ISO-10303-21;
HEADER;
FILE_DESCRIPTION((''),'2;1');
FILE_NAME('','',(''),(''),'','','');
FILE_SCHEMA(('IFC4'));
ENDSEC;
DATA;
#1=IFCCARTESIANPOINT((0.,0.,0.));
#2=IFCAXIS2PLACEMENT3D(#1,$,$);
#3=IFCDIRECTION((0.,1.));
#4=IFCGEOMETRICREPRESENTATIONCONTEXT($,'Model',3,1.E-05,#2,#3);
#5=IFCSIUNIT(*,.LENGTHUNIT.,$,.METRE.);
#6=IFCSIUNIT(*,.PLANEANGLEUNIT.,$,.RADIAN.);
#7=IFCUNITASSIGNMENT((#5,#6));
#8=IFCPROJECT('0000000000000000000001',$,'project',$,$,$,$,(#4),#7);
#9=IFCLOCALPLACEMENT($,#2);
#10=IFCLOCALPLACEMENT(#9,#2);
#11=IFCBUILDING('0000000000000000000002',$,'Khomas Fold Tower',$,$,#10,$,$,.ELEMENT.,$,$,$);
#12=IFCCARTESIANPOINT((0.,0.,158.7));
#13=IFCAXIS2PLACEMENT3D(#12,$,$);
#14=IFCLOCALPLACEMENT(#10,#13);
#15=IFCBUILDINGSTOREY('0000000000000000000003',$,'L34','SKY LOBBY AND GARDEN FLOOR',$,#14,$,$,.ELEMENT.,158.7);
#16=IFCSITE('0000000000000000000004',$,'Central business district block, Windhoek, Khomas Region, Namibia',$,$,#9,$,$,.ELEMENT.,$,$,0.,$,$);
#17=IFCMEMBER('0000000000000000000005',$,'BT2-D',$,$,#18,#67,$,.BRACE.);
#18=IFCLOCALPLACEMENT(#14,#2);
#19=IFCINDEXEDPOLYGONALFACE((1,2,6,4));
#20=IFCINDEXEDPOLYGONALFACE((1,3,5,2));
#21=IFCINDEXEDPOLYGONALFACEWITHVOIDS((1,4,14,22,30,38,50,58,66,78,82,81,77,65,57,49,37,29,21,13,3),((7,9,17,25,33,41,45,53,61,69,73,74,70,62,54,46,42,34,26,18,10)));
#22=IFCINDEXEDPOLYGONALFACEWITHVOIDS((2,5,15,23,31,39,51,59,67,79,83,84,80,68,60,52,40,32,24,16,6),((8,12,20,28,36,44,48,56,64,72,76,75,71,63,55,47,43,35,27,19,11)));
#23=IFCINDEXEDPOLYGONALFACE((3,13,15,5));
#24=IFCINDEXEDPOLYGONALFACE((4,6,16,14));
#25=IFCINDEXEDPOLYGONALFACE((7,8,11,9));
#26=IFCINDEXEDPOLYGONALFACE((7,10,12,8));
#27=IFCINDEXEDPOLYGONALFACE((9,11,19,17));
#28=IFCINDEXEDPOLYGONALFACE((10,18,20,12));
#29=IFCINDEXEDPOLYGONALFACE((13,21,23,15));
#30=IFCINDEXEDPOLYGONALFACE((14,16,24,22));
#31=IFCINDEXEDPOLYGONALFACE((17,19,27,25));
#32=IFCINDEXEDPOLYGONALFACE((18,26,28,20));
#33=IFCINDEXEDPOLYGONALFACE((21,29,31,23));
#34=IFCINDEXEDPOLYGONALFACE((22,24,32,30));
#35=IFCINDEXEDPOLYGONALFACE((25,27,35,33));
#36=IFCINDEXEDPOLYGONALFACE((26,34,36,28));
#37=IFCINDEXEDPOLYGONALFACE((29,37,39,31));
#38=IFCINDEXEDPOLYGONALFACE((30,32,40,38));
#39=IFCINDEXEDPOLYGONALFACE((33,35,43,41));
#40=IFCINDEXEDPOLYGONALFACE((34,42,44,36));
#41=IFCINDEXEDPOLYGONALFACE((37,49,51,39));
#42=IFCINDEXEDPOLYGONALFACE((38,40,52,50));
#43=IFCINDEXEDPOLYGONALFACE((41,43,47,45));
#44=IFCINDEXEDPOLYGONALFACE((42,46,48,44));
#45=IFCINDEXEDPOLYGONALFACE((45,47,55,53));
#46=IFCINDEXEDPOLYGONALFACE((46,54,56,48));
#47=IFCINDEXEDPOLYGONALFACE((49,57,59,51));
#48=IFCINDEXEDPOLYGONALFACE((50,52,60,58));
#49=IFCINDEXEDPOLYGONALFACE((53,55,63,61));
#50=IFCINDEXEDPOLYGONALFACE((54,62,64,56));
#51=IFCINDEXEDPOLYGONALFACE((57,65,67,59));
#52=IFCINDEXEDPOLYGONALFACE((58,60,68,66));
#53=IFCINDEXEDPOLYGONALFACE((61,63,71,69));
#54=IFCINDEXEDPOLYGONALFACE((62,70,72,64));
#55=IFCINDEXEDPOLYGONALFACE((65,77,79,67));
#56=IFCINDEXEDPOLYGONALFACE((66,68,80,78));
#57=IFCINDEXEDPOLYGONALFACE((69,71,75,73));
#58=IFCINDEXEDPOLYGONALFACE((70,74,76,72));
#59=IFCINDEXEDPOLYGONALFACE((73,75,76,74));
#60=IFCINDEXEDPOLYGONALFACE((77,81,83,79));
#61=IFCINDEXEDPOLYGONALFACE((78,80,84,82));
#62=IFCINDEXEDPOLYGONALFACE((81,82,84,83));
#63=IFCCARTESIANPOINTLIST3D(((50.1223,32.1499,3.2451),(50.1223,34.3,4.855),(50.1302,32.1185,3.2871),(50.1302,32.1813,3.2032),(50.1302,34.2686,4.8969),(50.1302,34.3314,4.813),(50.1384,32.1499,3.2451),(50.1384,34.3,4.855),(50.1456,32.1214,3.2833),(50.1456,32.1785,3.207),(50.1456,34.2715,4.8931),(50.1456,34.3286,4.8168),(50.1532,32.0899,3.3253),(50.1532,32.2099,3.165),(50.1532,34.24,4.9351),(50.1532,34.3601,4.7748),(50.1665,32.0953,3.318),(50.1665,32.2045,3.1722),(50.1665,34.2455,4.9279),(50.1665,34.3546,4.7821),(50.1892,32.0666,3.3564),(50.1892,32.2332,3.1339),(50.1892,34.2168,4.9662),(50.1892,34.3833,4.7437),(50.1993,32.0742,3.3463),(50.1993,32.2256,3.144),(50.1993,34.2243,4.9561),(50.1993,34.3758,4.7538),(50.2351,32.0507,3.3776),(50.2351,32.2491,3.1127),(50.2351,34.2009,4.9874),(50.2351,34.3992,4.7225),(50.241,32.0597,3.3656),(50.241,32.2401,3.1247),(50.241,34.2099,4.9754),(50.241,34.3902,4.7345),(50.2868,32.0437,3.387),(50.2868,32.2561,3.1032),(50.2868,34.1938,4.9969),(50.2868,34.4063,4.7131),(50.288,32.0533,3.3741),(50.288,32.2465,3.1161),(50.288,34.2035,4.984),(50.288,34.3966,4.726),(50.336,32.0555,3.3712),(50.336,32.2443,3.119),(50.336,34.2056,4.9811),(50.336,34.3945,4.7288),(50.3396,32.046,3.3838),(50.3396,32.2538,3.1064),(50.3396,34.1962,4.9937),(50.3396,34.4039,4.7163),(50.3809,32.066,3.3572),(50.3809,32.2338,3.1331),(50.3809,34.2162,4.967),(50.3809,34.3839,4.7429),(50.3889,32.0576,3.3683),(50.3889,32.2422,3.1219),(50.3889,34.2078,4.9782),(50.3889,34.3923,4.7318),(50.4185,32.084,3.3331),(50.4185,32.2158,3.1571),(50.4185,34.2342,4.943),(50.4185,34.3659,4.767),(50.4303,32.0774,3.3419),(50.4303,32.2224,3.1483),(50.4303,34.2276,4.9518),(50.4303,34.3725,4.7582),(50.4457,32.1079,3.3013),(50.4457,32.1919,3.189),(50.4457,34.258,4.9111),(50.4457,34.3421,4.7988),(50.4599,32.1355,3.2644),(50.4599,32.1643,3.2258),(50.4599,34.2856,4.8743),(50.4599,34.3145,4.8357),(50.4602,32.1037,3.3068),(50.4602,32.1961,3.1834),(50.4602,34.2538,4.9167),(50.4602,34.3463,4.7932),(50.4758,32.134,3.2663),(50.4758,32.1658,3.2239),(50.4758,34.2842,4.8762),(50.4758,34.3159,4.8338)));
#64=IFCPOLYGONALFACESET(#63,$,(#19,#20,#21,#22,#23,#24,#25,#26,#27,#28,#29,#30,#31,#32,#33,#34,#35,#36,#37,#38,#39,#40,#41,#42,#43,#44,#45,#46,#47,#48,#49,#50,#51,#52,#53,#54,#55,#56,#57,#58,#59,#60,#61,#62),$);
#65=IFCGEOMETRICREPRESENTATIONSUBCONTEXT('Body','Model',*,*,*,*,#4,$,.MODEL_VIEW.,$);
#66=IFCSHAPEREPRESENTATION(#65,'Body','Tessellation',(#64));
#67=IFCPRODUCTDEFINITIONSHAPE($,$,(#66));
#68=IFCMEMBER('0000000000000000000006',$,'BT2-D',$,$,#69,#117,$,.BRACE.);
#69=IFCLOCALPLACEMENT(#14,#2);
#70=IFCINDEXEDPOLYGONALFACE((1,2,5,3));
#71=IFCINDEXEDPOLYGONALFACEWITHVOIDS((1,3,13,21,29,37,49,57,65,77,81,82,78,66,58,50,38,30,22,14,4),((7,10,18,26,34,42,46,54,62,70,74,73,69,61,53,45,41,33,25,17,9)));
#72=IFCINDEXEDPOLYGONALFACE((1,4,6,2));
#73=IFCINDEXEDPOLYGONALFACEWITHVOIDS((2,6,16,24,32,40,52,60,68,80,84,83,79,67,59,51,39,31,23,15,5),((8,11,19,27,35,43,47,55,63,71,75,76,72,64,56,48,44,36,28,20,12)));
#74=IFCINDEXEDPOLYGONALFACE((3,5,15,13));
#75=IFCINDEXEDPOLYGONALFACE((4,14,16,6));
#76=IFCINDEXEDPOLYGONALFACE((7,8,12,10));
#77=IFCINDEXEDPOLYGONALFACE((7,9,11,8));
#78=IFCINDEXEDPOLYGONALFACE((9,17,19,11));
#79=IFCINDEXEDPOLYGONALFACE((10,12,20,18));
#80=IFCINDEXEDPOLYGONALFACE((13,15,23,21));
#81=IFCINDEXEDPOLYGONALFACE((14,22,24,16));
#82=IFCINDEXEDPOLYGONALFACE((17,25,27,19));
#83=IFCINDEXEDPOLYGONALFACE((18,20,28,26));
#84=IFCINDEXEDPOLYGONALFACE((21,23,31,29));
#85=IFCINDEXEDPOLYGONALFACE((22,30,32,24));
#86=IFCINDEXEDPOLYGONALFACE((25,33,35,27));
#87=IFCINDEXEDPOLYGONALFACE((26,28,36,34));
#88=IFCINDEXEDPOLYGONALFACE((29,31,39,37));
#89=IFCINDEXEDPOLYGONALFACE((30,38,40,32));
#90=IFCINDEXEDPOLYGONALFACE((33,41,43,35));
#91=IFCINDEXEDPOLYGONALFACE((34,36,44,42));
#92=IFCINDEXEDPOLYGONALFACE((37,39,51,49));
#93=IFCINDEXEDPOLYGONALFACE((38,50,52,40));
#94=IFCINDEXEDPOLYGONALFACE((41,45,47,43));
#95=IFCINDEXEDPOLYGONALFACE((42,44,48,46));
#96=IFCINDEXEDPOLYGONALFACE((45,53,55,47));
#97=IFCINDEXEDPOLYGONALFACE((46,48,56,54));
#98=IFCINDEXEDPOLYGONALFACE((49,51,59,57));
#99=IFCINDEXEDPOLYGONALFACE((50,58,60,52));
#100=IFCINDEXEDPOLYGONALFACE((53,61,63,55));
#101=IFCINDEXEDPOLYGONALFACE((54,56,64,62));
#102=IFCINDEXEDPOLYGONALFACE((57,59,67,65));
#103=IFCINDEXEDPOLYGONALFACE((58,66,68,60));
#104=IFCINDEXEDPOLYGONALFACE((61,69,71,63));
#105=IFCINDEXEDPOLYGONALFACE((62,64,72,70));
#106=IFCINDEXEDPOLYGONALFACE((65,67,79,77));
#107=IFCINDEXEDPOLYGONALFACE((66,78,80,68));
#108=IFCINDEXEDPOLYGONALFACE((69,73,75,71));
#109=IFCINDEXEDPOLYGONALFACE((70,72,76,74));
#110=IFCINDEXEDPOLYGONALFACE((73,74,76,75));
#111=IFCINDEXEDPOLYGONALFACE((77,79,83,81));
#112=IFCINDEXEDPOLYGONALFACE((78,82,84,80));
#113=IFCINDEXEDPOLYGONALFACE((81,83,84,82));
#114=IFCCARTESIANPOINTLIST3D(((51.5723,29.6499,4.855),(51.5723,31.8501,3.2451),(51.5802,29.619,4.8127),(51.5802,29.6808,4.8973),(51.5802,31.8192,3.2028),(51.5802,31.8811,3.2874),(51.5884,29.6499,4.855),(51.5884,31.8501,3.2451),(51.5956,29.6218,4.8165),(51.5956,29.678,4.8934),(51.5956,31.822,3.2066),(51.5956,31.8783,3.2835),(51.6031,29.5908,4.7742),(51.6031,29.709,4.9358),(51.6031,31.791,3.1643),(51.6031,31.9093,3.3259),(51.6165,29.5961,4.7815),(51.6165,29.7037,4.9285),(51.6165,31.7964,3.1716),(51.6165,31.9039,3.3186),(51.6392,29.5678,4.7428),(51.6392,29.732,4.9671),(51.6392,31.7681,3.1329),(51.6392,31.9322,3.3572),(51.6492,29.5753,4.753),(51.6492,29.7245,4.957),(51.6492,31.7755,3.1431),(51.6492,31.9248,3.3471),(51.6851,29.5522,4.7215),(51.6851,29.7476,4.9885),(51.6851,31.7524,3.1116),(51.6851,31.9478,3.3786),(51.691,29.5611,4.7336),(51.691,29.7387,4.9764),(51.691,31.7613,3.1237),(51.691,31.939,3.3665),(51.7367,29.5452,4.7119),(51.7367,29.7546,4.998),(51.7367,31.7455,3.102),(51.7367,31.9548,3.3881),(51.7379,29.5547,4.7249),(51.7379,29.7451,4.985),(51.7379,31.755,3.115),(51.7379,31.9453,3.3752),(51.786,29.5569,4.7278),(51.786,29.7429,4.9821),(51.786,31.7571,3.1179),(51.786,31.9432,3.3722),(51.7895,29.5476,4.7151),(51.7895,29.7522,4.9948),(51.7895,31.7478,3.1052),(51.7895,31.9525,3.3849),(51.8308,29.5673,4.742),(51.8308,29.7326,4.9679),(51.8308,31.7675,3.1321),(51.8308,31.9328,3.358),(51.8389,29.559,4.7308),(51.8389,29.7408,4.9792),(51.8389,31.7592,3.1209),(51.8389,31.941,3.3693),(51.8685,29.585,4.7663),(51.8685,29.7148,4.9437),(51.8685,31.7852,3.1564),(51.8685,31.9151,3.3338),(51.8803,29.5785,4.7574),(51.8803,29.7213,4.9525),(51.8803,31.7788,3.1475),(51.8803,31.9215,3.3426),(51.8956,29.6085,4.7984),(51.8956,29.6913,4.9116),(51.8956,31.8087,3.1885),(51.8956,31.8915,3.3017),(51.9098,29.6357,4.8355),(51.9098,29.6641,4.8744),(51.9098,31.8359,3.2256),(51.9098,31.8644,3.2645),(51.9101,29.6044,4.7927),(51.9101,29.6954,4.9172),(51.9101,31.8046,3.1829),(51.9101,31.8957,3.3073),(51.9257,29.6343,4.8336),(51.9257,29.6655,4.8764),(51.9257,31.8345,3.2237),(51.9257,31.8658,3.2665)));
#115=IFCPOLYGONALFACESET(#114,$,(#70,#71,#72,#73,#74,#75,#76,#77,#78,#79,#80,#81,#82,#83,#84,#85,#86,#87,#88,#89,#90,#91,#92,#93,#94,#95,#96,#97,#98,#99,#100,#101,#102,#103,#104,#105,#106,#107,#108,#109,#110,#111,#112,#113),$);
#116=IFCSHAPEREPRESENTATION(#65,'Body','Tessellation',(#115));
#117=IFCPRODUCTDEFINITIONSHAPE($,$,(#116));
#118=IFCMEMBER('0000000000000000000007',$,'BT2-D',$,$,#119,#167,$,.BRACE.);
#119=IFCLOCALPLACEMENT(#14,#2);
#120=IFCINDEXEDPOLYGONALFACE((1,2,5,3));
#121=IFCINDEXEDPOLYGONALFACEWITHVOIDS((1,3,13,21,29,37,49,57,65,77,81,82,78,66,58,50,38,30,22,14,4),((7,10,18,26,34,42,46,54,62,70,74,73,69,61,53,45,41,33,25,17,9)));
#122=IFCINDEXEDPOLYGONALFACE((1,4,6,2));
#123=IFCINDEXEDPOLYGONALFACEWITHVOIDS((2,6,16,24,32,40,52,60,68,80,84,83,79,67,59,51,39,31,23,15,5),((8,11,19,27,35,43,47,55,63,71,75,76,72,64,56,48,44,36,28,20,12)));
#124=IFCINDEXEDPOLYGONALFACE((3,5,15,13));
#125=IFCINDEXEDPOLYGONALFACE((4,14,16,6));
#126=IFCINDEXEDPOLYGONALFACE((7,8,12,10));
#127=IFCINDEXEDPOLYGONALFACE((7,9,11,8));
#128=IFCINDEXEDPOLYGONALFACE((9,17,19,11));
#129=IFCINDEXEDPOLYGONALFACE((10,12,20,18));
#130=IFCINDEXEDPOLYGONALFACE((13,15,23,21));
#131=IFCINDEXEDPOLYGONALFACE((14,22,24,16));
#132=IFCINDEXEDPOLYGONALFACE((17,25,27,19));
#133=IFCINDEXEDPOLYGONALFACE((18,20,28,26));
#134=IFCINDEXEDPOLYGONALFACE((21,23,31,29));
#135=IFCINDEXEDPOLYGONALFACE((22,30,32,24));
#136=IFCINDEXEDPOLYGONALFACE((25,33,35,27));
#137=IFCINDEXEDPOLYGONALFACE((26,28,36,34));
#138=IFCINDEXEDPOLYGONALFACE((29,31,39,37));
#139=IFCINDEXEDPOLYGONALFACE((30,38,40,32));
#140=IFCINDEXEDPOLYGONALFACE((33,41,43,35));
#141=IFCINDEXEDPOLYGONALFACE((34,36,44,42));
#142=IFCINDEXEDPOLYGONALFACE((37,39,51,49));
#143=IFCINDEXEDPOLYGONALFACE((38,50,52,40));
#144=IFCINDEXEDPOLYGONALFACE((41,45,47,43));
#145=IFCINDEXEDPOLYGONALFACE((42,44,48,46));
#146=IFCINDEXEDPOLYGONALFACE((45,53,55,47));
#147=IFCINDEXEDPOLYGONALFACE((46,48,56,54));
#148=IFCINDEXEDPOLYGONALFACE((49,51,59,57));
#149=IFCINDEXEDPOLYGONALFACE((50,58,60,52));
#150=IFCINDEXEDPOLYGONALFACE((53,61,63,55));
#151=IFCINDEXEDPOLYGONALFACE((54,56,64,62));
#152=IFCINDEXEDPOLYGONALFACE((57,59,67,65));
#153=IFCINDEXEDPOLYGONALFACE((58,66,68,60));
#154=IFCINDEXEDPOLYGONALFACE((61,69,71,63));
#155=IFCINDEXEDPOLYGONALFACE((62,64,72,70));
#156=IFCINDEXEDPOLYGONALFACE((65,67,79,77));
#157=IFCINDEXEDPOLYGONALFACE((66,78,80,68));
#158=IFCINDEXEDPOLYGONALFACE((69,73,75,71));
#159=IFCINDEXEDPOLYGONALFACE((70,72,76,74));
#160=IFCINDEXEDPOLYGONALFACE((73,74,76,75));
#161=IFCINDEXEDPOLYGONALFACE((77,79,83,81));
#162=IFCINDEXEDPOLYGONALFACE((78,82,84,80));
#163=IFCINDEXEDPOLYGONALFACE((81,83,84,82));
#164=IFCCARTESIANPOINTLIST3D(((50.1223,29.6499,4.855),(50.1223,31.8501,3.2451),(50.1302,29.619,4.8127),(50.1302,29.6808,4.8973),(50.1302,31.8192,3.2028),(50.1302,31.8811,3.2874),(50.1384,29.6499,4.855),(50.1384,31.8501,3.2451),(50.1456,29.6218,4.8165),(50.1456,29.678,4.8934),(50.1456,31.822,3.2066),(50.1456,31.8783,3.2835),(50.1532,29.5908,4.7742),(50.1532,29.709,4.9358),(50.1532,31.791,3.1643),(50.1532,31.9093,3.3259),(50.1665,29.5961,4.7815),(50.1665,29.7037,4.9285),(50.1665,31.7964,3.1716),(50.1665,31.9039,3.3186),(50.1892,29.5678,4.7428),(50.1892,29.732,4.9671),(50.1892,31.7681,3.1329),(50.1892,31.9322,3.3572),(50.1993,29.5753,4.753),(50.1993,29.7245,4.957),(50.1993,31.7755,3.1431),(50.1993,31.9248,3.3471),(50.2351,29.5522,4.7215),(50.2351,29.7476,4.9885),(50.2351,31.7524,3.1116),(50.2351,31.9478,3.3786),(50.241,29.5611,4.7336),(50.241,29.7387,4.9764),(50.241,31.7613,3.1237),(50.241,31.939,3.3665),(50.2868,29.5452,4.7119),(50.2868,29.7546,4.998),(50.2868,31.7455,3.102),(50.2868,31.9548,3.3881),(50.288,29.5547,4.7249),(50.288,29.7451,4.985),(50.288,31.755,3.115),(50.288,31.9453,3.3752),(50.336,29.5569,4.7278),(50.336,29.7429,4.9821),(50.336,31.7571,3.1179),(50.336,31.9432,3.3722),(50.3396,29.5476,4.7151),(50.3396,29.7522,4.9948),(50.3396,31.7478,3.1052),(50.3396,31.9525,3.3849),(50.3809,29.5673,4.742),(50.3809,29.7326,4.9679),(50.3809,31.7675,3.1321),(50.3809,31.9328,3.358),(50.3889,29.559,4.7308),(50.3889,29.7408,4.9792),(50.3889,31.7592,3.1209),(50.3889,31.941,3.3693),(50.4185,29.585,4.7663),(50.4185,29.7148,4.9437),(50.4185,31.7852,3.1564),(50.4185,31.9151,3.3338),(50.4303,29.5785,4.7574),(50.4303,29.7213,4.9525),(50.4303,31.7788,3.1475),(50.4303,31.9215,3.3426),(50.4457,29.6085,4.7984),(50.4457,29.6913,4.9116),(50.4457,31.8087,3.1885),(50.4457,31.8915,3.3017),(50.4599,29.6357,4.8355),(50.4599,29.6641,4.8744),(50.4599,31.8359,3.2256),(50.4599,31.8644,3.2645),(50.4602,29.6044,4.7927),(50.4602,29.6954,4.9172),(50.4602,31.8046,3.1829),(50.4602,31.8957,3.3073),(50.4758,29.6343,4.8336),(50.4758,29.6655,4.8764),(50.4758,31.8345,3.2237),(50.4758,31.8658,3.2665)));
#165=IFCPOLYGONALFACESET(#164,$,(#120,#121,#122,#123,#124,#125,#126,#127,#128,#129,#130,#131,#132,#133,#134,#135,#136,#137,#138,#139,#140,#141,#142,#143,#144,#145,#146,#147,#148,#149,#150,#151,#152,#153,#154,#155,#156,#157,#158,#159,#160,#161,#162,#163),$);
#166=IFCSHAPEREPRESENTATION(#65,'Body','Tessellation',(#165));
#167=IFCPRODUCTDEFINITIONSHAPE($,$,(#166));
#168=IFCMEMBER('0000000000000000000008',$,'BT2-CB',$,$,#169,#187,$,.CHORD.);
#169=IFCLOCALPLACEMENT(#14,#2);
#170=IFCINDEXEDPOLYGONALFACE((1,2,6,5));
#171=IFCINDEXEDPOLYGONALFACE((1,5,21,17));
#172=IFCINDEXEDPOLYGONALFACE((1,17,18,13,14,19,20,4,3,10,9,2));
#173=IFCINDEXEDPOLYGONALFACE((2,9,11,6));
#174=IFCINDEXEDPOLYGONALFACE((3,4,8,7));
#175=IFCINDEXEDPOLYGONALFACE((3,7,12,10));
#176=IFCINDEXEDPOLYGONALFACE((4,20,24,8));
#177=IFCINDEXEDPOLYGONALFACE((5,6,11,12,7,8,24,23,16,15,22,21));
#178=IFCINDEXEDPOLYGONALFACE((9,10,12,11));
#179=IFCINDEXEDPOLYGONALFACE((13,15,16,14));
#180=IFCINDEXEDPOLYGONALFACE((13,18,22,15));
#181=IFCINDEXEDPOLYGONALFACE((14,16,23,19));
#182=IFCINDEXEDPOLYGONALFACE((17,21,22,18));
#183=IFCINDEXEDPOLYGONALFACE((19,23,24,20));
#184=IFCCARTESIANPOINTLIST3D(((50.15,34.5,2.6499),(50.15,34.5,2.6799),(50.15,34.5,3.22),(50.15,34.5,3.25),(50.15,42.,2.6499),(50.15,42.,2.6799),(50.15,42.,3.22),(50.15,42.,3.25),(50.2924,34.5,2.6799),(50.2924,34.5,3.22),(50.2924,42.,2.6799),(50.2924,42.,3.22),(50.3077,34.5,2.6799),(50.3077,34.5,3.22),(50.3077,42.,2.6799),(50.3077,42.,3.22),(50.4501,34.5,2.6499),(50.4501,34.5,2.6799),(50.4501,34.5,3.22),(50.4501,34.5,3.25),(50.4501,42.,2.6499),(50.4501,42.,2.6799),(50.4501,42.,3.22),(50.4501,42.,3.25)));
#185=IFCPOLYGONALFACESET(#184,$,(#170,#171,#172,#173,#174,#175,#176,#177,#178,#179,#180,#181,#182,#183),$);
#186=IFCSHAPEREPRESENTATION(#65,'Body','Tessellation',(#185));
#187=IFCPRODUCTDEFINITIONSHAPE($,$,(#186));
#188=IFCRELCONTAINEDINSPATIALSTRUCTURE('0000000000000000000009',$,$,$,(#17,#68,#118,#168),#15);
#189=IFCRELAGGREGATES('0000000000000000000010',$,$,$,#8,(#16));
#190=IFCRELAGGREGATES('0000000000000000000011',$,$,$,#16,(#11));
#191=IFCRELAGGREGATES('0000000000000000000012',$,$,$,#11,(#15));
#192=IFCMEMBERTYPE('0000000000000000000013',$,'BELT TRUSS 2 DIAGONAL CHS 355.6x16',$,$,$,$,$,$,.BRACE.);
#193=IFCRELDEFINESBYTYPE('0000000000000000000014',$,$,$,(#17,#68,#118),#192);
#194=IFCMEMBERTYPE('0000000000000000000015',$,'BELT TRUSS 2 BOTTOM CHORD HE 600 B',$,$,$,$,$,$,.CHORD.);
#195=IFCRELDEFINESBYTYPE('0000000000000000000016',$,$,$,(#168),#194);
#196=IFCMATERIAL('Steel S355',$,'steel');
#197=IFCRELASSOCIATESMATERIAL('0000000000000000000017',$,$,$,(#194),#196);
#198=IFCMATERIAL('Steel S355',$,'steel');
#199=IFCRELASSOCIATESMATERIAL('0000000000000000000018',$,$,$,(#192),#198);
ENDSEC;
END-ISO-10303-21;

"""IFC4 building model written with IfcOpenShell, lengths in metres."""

from ifc_helpers import new_model, si_unit, direction, frame, origin, origin_2d, place, context, subcontext, project, spatial, hollow_circle, i_section, extrude, source, transform, mapped, material, material_profile, profile_set, type_object, element, save


model = new_model("IFC4")

# Units and contexts
model_context = context("Model", 3, precision=1e-05, world=origin(), true_north=direction((0.0, 1.0)))
body_context = subcontext(model_context, "Body", "Model", "MODEL_VIEW")
ifc_project = project(units=[si_unit("LENGTHUNIT", "METRE"), si_unit("PLANEANGLEUNIT", "RADIAN")], contexts=[model_context])

# Site, building, storey
site_placement = place(None, origin())
site = spatial("IfcSite", under=ifc_project, at=site_placement, Name="Central business district block, Windhoek, Khomas Region, Namibia", CompositionType="ELEMENT", RefElevation=0.0)
building_placement = place(site_placement, origin())
building = spatial("IfcBuilding", under=site, at=building_placement, Name="Khomas Fold Tower", CompositionType="ELEMENT")
storey_placement = place(building_placement, frame((0.0, 0.0, 158.7)))
storey = spatial("IfcBuildingStorey", under=building, at=storey_placement, Name="L34", Description="SKY LOBBY AND GARDEN FLOOR", CompositionType="ELEMENT", Elevation=158.7)

# Members
ifc_material_1 = material(Name="Steel S355", Category="steel")
ifc_material_profile_1 = material_profile(ifc_material_1, i_section(OverallWidth=0.3, OverallDepth=0.6001, WebThickness=0.0154, FlangeThickness=0.03, at=origin_2d()), Name="HE 600 B")
ifc_profile_set_1 = profile_set([ifc_material_profile_1], Name="Steel S355")
member_type_1 = type_object("IfcMemberType", Name="BELT TRUSS 2 BOTTOM CHORD HE 600 B", PredefinedType="CHORD", material=ifc_profile_set_1)
ifc_material_2 = material(Name="Steel S355", Category="steel")
ifc_material_profile_2 = material_profile(ifc_material_2, hollow_circle(Radius=0.1777, WallThickness=0.0161, at=origin_2d()), Name="CHS 355.6x16")
ifc_profile_set_2 = profile_set([ifc_material_profile_2], Name="Steel S355")
member_type_2 = type_object("IfcMemberType", Name="BELT TRUSS 2 DIAGONAL CHS 355.6x16", PredefinedType="BRACE", material=ifc_profile_set_2)
shared_shape_1 = source(origin(), body_context, "Body", "SweptSolid", [
    extrude(hollow_circle(Radius=0.1777, WallThickness=0.0161, at=origin_2d()), origin(), (0.0, 0.0, 1.0), 2.686),
])
for number, where, z_axis, x_axis, name in (
    (1, (50.3, 32.1499, 3.2451), (0.0, 0.800491, 0.599345), (-1.0, 0.0, 0.0), "BT2-D"),
):
    element("IfcMember", number, at=place(storey_placement, frame(where, z_axis=z_axis, x_axis=x_axis)), inside=storey, type_object=member_type_2, Name=name, PredefinedType="BRACE", context=body_context, shape_type="MappedRepresentation", body=[
        mapped(shared_shape_1, transform((0.0, 0.0, 0.0))),
    ])
shared_shape_2 = source(origin(), body_context, "Body", "SweptSolid", [
    extrude(hollow_circle(Radius=0.1777, WallThickness=0.0161, at=origin_2d()), origin(), (0.0, 0.0, 1.0), 2.7263),
])
for number, where, z_axis, x_axis, name in (
    (2, (51.75, 29.6499, 4.855), (0.0, 0.807037, -0.590501), (-1.0, 0.0, 0.0), "BT2-D"),
    (3, (50.3, 29.6499, 4.855), (0.0, 0.807037, -0.590501), (-1.0, 0.0, 0.0), "BT2-D"),
):
    element("IfcMember", number, at=place(storey_placement, frame(where, z_axis=z_axis, x_axis=x_axis)), inside=storey, type_object=member_type_2, Name=name, PredefinedType="BRACE", context=body_context, shape_type="MappedRepresentation", body=[
        mapped(shared_shape_2, transform((0.0, 0.0, 0.0))),
    ])
shared_shape_3 = source(origin(), body_context, "Body", "SweptSolid", [
    extrude(i_section(OverallWidth=0.3, OverallDepth=0.6001, WebThickness=0.0154, FlangeThickness=0.03, at=origin_2d()), origin(), (0.0, 0.0, 1.0), 7.5),
])
member_1_placement = place(storey_placement, frame((50.3, 34.5, 2.95), z_axis=(0.0, 1.0, 0.0), x_axis=(-1.0, 0.0, 0.0)))
element("IfcMember", 4, at=member_1_placement, inside=storey, type_object=member_type_1, Name="BT2-CB", PredefinedType="CHORD", context=body_context, shape_type="MappedRepresentation", body=[
    mapped(shared_shape_3, transform((0.0, 0.0, 0.0))),
])

save(model, "model.ifc")
